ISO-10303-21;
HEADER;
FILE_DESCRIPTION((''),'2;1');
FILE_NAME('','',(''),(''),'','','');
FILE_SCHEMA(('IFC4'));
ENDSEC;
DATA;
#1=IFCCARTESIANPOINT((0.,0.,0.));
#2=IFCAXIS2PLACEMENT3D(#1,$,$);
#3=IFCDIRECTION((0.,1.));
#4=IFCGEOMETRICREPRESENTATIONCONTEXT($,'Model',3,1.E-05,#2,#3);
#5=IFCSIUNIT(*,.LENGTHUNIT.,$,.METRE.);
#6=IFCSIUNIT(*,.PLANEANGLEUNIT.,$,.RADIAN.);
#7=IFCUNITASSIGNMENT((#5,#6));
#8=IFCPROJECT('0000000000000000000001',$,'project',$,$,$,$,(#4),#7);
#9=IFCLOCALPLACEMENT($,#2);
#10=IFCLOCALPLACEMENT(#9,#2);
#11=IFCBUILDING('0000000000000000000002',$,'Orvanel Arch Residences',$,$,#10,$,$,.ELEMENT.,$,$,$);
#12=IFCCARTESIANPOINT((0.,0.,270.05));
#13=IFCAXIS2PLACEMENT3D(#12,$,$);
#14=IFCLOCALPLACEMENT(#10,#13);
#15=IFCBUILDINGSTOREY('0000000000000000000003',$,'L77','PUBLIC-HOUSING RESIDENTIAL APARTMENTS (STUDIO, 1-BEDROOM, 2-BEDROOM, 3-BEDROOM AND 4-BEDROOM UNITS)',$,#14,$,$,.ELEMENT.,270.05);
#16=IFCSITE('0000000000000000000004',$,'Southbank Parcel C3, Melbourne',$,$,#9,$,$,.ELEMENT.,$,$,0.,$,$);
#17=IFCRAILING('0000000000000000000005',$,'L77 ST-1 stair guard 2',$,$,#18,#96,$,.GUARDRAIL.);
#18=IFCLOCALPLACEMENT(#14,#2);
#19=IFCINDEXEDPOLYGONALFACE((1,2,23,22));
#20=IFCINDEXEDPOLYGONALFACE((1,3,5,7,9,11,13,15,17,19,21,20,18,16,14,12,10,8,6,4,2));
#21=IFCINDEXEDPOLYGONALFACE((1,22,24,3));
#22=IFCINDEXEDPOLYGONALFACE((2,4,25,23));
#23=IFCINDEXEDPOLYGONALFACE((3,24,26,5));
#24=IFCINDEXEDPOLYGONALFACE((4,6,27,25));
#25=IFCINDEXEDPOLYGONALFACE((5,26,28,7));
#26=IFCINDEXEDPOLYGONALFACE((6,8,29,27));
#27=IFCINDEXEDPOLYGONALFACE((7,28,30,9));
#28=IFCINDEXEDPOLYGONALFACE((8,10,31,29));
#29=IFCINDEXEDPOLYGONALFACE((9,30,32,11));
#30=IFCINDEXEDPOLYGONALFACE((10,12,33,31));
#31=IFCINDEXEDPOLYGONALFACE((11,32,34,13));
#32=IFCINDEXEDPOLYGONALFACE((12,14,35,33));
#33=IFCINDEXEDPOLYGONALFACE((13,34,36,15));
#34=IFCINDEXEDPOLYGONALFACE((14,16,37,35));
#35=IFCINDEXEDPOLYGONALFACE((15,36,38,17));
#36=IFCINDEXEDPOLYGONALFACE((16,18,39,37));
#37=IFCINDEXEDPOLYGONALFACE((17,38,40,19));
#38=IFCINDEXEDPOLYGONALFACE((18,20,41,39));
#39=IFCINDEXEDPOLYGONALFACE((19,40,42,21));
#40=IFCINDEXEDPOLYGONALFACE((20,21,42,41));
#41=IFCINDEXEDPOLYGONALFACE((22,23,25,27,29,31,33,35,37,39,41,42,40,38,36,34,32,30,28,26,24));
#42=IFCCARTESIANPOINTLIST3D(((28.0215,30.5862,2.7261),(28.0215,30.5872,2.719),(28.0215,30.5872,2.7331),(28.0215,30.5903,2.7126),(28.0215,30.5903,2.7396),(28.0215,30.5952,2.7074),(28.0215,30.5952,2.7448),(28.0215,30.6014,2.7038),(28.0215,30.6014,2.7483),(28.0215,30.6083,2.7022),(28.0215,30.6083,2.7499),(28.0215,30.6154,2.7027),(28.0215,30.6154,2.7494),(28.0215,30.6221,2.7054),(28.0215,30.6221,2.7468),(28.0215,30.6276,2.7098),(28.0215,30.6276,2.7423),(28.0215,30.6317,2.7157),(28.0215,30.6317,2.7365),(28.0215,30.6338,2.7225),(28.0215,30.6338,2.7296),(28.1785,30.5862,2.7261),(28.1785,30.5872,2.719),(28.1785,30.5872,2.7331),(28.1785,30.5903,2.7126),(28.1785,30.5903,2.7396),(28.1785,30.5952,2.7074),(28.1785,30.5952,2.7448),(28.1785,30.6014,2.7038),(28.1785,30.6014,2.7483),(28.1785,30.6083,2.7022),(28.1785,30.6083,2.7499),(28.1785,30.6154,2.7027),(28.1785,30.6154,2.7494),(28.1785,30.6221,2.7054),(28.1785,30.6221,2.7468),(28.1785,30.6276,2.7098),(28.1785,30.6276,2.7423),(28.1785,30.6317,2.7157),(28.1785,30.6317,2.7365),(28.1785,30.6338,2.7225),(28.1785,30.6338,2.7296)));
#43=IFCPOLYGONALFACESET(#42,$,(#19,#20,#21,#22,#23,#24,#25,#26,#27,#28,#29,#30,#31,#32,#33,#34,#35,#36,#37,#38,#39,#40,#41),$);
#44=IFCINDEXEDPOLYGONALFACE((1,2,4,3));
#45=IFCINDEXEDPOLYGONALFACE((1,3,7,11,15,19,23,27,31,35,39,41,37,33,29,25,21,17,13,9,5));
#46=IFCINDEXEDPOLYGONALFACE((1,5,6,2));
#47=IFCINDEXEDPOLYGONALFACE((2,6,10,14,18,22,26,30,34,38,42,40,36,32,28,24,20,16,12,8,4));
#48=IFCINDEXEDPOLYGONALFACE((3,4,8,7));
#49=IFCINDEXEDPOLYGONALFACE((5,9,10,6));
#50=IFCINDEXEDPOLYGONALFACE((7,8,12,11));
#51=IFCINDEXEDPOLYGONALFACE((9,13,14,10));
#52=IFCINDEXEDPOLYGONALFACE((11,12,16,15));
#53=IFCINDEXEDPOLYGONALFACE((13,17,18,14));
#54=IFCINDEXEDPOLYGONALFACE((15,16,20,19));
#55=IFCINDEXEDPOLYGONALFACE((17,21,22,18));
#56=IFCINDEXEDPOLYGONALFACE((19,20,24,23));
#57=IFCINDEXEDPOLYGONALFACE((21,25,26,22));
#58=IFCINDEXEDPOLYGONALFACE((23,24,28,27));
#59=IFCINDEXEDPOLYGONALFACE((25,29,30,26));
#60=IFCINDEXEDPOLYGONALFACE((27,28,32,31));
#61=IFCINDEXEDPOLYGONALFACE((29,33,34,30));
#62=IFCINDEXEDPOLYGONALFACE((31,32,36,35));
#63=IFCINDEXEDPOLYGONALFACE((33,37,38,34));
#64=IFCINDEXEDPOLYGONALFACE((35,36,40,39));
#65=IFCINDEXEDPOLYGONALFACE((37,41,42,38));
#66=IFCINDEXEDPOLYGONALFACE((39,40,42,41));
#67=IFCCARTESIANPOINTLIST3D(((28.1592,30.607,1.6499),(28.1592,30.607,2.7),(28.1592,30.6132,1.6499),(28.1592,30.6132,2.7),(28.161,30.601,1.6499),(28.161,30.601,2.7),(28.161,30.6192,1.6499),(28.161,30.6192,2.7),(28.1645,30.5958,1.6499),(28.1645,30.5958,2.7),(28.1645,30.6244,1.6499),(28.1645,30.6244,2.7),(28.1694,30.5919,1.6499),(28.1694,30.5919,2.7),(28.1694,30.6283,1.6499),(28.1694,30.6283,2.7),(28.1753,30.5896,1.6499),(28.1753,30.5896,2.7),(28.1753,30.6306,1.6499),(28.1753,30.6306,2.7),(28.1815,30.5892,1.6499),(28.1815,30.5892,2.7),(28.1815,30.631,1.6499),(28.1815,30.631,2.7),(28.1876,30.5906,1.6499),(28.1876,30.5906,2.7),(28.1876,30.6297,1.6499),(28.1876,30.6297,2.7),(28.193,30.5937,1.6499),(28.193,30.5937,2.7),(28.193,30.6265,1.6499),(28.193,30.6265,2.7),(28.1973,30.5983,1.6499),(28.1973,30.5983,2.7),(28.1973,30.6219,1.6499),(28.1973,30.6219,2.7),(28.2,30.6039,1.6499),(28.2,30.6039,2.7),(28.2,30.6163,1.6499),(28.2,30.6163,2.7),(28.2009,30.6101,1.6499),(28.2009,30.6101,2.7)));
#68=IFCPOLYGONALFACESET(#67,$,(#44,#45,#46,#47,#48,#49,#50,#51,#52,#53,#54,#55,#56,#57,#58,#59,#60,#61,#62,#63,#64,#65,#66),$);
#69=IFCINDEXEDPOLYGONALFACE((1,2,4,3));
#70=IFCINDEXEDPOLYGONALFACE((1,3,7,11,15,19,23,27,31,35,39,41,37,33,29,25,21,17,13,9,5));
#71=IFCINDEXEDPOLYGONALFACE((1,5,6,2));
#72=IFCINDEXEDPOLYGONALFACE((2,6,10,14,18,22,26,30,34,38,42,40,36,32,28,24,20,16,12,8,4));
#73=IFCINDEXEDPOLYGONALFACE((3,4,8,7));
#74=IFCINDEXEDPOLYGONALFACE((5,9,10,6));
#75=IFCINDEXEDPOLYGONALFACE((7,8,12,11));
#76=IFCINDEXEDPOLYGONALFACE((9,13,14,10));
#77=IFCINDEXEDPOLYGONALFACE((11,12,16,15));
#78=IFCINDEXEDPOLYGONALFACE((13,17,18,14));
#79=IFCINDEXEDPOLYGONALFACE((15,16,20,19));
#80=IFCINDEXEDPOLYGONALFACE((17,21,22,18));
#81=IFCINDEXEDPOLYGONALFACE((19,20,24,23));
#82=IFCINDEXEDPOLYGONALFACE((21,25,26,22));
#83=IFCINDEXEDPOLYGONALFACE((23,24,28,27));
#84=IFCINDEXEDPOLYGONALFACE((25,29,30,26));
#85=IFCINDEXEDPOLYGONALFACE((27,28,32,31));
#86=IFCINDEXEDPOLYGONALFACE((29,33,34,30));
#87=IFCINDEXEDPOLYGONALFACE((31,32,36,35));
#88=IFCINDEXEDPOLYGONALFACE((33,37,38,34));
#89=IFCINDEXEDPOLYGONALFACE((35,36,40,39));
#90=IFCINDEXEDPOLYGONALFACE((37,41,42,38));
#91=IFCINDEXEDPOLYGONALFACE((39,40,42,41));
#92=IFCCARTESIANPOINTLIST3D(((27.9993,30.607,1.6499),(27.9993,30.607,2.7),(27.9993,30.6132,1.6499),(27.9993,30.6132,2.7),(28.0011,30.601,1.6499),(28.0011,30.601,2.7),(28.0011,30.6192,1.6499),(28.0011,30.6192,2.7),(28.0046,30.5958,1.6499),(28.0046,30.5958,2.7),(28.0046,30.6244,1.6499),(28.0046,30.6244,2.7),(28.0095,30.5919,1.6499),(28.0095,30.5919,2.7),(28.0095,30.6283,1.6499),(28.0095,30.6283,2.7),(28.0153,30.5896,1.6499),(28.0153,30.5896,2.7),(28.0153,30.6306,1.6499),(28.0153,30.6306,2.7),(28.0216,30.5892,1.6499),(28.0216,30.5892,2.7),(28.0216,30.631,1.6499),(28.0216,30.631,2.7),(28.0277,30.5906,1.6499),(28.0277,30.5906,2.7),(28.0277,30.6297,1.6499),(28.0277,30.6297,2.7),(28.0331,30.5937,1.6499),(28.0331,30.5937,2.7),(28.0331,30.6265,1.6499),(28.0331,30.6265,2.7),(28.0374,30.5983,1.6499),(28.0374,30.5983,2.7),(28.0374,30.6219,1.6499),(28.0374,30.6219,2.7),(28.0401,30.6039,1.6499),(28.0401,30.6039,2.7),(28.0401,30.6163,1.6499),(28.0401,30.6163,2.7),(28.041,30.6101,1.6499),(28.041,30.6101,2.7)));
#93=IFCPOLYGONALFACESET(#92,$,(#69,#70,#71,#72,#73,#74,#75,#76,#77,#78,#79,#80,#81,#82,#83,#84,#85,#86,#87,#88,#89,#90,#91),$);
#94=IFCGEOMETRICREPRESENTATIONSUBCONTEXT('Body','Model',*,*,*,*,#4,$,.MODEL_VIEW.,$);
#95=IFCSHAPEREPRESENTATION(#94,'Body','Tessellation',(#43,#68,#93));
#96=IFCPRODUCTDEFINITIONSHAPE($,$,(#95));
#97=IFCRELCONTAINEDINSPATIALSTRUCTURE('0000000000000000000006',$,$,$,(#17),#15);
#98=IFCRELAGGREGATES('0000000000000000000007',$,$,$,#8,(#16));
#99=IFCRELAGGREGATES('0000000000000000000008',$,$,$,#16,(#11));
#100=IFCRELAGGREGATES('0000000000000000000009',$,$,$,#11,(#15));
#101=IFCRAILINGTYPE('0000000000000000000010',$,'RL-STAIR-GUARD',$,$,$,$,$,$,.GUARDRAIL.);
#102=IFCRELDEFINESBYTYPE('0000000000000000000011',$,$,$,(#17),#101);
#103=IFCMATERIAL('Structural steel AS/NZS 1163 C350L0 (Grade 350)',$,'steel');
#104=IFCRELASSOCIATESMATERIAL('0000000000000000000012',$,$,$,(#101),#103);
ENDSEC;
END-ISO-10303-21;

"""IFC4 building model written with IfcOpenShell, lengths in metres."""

from ifc_helpers import new_model, si_unit, direction, frame, origin, origin_2d, place, context, subcontext, project, spatial, circle, extrude, material, type_object, element, save


model = new_model("IFC4")

# Units and contexts
model_context = context("Model", 3, precision=1e-05, world=origin(), true_north=direction((0.0, 1.0)))
body_context = subcontext(model_context, "Body", "Model", "MODEL_VIEW")
ifc_project = project(units=[si_unit("LENGTHUNIT", "METRE"), si_unit("PLANEANGLEUNIT", "RADIAN")], contexts=[model_context])

# Site, building, storey
site_placement = place(None, origin())
site = spatial("IfcSite", under=ifc_project, at=site_placement, Name="Southbank Parcel C3, Melbourne", CompositionType="ELEMENT", RefElevation=0.0)
building_placement = place(site_placement, origin())
building = spatial("IfcBuilding", under=site, at=building_placement, Name="Orvanel Arch Residences", CompositionType="ELEMENT")
storey_placement = place(building_placement, frame((0.0, 0.0, 270.05)))
storey = spatial("IfcBuildingStorey", under=building, at=storey_placement, Name="L77", Description="PUBLIC-HOUSING RESIDENTIAL APARTMENTS (STUDIO, 1-BEDROOM, 2-BEDROOM, 3-BEDROOM AND 4-BEDROOM UNITS)", CompositionType="ELEMENT", Elevation=270.05)

# Railing
ifc_material_1 = material(Name="Structural steel AS/NZS 1163 C350L0 (Grade 350)", Category="steel")
railing_type_1 = type_object("IfcRailingType", Name="RL-STAIR-GUARD", PredefinedType="GUARDRAIL", material=ifc_material_1)
railing_1_placement = place(storey_placement, frame((28.1799, 30.6101, 1.6499)))
element("IfcRailing", 1, at=railing_1_placement, inside=storey, type_object=railing_type_1, Name="L77 ST-1 stair guard 2", PredefinedType="GUARDRAIL", context=body_context, shape_type="SweptSolid", body=[
    extrude(circle(Radius=0.0239, at=origin_2d()), frame((-0.0015, 0.0, 1.0762), z_axis=(-1.0, 0.0, 0.0), x_axis=(0.0, -1.0, 0.0)), (0.0, 0.0, 1.0), 0.157),
    extrude(circle(Radius=0.021, at=origin_2d()), origin(), (0.0, 0.0, 1.0), 1.05),
    extrude(circle(Radius=0.021, at=origin_2d()), frame((-0.1599, 0.0, 0.0)), (0.0, 0.0, 1.0), 1.05),
])

save(model, "model.ifc")
